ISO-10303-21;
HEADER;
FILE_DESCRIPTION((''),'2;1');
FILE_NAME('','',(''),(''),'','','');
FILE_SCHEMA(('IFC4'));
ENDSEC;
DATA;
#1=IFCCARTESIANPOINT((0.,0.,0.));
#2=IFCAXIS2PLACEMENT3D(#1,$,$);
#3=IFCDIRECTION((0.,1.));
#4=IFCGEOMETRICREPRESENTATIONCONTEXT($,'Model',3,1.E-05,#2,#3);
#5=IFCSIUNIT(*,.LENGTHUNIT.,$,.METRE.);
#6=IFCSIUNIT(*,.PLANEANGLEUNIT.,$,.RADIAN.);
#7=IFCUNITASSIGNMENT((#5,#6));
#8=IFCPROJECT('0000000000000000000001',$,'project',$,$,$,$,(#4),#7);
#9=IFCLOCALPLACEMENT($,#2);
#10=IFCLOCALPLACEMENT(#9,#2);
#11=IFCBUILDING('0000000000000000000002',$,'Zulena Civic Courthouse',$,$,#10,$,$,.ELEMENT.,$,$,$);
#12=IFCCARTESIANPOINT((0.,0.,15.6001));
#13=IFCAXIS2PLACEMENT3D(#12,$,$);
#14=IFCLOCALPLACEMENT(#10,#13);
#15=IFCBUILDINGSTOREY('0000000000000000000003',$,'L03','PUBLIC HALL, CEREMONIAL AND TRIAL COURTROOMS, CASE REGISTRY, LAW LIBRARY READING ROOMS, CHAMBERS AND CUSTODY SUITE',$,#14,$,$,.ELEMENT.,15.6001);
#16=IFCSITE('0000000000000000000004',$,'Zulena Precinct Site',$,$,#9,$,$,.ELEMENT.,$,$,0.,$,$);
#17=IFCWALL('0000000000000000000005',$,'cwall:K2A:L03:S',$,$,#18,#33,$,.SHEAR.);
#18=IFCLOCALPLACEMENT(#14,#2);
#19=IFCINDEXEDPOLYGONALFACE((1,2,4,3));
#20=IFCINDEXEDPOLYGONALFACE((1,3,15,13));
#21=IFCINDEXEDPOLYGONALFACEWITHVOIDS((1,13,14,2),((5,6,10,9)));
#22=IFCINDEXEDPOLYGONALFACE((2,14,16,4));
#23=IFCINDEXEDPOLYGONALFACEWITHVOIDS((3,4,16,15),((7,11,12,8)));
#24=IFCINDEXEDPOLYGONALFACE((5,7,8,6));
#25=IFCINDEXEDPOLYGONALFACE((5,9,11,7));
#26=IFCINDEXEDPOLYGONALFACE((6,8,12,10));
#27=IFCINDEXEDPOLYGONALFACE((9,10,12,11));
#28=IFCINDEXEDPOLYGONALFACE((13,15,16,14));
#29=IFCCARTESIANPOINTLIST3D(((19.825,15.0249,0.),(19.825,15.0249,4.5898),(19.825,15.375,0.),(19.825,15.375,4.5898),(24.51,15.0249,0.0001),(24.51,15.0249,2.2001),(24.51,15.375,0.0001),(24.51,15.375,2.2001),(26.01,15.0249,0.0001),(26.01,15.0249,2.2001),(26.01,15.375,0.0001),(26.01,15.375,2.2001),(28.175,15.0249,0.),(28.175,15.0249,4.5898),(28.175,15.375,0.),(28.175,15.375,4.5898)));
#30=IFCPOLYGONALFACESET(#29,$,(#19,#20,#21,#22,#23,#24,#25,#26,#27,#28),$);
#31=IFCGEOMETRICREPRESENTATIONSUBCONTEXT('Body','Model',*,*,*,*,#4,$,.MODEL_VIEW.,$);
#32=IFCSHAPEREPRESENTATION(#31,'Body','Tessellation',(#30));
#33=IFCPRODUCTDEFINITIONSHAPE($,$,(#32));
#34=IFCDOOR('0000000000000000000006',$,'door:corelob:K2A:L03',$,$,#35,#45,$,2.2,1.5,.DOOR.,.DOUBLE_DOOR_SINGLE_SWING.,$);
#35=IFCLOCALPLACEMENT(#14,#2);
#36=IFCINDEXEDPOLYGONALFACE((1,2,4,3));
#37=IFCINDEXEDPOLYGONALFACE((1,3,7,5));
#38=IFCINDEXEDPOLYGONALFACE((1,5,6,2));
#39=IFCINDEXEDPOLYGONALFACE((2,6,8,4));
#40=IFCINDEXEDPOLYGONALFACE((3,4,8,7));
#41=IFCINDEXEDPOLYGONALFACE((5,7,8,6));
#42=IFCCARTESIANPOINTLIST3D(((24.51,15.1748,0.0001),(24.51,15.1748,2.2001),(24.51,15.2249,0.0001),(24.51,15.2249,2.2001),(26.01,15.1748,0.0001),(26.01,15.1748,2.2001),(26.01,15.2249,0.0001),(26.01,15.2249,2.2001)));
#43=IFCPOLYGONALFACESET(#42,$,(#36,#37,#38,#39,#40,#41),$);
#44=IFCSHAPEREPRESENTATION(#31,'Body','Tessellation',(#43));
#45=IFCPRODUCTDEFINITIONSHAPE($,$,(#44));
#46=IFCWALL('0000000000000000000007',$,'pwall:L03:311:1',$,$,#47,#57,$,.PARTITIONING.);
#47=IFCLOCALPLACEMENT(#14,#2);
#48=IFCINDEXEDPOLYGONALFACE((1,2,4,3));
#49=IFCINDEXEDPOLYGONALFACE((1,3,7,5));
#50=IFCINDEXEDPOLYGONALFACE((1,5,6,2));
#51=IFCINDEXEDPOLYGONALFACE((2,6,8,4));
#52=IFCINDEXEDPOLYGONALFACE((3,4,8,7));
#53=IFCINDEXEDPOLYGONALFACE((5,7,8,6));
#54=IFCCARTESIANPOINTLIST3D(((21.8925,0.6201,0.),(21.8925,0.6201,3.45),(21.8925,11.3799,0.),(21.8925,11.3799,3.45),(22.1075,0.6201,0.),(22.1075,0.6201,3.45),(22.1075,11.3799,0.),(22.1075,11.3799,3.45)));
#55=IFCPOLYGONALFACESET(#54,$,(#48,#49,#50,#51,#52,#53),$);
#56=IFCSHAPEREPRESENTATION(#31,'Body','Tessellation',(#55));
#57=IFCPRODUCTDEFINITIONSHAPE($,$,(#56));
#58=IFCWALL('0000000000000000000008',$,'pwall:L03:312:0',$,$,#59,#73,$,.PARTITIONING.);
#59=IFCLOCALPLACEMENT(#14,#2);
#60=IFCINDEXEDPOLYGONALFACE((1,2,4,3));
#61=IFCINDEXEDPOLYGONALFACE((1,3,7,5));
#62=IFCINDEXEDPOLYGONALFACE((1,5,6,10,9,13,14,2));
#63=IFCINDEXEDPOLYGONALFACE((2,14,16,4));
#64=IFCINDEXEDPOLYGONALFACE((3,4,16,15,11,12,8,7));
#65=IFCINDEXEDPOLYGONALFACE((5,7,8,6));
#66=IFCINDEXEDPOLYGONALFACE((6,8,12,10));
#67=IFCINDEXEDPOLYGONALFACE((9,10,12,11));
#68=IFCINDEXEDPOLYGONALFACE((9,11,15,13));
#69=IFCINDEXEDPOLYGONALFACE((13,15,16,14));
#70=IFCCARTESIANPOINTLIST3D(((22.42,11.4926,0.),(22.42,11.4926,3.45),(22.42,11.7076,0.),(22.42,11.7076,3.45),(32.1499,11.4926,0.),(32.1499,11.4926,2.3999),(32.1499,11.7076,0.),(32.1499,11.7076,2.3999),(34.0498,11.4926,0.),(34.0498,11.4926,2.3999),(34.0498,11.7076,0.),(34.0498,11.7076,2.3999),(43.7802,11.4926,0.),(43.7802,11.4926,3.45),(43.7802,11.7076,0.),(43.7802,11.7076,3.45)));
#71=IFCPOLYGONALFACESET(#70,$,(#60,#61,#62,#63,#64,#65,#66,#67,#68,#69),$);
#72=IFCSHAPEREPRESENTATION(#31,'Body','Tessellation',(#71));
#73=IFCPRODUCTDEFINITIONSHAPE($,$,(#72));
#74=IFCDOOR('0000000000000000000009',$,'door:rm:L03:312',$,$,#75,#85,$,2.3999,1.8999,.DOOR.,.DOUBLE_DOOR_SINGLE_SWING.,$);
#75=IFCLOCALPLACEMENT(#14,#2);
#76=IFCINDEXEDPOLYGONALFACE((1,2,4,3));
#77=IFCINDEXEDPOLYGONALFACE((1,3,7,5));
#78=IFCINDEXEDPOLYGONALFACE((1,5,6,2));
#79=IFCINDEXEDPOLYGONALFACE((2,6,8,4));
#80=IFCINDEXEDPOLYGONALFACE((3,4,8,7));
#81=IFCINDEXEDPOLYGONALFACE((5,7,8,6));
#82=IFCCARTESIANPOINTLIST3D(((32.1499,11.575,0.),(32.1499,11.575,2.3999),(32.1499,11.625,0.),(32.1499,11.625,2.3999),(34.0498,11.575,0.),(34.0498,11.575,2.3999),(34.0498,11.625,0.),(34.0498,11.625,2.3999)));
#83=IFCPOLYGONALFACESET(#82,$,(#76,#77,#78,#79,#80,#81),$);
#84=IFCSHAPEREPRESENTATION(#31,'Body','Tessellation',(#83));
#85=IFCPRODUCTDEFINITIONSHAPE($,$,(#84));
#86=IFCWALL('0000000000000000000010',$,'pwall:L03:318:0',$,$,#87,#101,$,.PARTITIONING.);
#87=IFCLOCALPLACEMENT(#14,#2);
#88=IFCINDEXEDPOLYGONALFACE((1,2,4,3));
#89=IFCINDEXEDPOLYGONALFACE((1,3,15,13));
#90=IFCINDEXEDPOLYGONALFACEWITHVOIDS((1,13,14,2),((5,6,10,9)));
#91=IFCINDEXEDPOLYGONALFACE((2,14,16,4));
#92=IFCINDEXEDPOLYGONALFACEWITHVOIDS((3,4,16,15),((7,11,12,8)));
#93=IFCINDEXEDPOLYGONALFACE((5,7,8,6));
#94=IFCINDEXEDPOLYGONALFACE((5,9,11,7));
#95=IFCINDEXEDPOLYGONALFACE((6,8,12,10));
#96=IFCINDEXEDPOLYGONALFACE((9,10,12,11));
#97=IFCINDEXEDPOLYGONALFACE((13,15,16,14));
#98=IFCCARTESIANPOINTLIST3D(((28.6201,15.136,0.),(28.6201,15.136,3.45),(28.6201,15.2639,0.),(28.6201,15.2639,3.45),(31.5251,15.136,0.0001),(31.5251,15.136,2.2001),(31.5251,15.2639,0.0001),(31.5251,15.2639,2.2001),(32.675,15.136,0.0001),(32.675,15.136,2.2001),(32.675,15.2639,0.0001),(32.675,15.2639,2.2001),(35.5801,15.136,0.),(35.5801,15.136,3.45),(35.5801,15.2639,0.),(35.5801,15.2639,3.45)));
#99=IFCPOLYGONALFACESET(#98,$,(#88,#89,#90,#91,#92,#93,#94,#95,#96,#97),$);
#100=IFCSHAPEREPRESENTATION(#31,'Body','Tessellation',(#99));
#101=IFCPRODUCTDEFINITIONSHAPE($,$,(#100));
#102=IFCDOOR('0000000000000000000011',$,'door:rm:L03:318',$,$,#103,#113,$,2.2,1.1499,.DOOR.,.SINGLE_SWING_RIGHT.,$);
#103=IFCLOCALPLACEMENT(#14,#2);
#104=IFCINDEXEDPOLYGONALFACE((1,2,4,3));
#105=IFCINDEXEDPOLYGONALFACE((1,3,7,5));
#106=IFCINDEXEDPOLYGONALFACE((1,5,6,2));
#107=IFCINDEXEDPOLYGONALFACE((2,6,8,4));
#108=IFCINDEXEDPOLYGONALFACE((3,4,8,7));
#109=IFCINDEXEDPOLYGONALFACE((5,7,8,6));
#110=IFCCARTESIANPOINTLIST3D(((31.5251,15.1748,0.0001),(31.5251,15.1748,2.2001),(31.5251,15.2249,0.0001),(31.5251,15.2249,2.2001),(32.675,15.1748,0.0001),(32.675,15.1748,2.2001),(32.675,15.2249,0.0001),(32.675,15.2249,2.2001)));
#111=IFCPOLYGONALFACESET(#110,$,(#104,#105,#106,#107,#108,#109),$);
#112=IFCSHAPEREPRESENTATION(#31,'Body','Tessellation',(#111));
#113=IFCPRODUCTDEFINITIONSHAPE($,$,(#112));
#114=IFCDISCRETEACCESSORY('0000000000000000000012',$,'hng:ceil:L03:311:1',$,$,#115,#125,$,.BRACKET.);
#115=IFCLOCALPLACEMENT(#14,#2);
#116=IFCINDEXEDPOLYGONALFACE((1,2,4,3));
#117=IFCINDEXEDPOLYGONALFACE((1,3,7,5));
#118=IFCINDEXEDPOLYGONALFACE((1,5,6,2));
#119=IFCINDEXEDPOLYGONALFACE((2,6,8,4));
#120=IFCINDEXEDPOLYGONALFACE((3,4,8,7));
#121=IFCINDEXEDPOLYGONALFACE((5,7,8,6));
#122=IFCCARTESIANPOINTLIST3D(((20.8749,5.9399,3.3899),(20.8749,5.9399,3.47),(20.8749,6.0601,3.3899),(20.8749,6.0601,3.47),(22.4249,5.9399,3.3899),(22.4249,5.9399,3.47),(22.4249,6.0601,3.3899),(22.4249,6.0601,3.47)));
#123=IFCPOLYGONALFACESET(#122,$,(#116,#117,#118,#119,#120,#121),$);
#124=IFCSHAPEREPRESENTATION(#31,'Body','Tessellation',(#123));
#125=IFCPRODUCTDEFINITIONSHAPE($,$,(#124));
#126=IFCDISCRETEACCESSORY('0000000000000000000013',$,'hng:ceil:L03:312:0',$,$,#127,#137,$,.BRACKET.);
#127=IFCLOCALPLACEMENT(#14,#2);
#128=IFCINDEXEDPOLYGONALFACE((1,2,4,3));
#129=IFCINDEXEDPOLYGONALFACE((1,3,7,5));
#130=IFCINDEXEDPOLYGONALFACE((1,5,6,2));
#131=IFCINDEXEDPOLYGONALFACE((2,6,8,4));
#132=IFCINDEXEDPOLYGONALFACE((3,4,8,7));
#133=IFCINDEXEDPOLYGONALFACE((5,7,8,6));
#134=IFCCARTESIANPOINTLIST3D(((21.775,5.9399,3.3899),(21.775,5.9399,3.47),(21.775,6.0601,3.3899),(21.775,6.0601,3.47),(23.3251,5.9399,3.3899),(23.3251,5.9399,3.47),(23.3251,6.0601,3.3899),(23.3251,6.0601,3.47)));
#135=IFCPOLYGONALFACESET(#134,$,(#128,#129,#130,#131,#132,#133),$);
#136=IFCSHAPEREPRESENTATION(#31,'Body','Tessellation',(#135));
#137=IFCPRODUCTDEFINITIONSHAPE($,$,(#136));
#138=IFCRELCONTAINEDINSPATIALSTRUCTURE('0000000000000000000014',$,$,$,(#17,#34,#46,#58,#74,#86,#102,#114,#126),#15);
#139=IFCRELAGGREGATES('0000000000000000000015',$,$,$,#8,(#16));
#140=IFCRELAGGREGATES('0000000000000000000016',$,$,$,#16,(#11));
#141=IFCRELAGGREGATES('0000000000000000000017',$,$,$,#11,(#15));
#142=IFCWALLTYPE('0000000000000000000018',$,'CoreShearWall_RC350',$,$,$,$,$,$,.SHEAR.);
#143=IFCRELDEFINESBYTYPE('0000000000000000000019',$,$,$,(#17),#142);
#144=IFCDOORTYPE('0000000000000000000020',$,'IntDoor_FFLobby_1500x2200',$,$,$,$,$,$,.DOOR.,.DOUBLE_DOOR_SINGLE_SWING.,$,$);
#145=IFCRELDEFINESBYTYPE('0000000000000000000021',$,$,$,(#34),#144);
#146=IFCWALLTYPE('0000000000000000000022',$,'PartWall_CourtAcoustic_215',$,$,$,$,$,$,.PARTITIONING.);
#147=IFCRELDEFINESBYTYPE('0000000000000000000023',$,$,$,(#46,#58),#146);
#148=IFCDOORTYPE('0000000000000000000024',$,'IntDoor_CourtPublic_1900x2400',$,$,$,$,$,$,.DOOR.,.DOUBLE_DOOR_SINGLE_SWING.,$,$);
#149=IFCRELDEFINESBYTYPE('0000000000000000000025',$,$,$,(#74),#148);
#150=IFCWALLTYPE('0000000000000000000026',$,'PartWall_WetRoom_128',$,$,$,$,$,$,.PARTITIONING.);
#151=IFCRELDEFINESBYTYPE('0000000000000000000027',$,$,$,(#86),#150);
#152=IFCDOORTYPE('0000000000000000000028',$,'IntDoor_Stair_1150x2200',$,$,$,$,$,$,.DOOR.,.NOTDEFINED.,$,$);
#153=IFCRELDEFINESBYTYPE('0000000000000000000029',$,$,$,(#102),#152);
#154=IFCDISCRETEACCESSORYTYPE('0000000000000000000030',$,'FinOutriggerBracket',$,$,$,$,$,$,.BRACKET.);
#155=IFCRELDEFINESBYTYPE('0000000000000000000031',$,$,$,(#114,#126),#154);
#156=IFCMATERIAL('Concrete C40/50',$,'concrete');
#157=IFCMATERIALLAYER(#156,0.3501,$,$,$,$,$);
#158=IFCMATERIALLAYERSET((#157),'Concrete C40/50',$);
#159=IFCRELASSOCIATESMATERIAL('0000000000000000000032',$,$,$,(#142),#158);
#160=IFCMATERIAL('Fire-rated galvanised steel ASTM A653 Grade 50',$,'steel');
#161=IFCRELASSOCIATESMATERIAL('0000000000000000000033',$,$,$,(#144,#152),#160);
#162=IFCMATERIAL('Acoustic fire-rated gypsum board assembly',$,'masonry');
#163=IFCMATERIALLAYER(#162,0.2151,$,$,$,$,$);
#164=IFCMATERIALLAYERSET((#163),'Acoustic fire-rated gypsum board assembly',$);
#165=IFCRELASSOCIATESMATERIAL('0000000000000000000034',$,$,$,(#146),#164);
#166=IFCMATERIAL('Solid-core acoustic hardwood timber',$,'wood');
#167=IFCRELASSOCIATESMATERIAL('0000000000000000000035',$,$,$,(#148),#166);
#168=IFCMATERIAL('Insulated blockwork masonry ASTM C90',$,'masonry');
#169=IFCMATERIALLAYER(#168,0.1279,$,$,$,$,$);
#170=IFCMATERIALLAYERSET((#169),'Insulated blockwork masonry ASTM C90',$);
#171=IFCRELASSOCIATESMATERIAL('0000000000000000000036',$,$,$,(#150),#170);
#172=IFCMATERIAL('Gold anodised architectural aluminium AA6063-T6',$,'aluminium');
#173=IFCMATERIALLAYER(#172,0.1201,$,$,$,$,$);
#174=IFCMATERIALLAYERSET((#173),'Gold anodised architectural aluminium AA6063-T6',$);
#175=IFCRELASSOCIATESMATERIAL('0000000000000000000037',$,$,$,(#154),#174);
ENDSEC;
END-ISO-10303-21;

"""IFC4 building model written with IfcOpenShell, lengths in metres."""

from ifc_helpers import new_model, si_unit, direction, frame, frame_2d, origin, origin_2d, place, context, subcontext, project, spatial, rectangle, extrude, material, layer, layer_set, type_object, element, fill, save


model = new_model("IFC4")

# Units and contexts
model_context = context("Model", 3, precision=1e-05, world=origin(), true_north=direction((0.0, 1.0)))
body_context = subcontext(model_context, "Body", "Model", "MODEL_VIEW")
ifc_project = project(units=[si_unit("LENGTHUNIT", "METRE"), si_unit("PLANEANGLEUNIT", "RADIAN")], contexts=[model_context])

# Site, building, storey
site_placement = place(None, origin())
site = spatial("IfcSite", under=ifc_project, at=site_placement, Name="Zulena Precinct Site", CompositionType="ELEMENT", RefElevation=0.0)
building_placement = place(site_placement, origin())
building = spatial("IfcBuilding", under=site, at=building_placement, Name="Zulena Civic Courthouse", CompositionType="ELEMENT")
storey_placement = place(building_placement, frame((0.0, 0.0, 15.6001)))
storey = spatial("IfcBuildingStorey", under=building, at=storey_placement, Name="L03", Description="PUBLIC HALL, CEREMONIAL AND TRIAL COURTROOMS, CASE REGISTRY, LAW LIBRARY READING ROOMS, CHAMBERS AND CUSTODY SUITE", CompositionType="ELEMENT", Elevation=15.6001)

# Wall, opening, door
ifc_material_1 = material(Name="Concrete C40/50", Category="concrete")
ifc_layer_1 = layer(ifc_material_1, 0.3501)
ifc_layer_set_1 = layer_set([ifc_layer_1], Name="Concrete C40/50")
wall_type_1 = type_object("IfcWallType", Name="CoreShearWall_RC350", PredefinedType="SHEAR", material=ifc_layer_set_1)
wall_1_placement = place(storey_placement, frame((19.825, 15.2, 0.0), z_axis=(0.0, 0.0, 1.0), x_axis=(1.0, 0.0, 0.0)))
wall_1 = element("IfcWall", 1, at=wall_1_placement, inside=storey, type_object=wall_type_1, Name="cwall:K2A:L03:S", PredefinedType="SHEAR", context=body_context, shape_type="SweptSolid", body=[
    extrude(rectangle(XDim=8.3501, YDim=0.3501, at=frame_2d((4.175, 0.0))), origin(), (0.0, 0.0, 1.0), 4.5898),
])
opening_1_placement = place(wall_1_placement, frame((4.6851, 0.0, 0.0)))
opening_1 = element("IfcOpeningElement", 2, at=opening_1_placement, cuts=wall_1, PredefinedType="OPENING", context=body_context, shape_type="SweptSolid", body=[
    extrude(rectangle(XDim=1.5, YDim=2.2, at=frame_2d((0.75, 1.1001))), frame((0.0, 0.1851, 0.0), z_axis=(0.0, -1.0, 0.0), x_axis=(1.0, 0.0, 0.0)), (0.0, 0.0, 1.0), 0.3701),
])
ifc_material_2 = material(Name="Fire-rated galvanised steel ASTM A653 Grade 50", Category="steel")
door_type_1 = type_object("IfcDoorType", Name="IntDoor_FFLobby_1500x2200", OperationType="DOUBLE_DOOR_SINGLE_SWING", PredefinedType="DOOR", material=ifc_material_2)
door_1_placement = place(opening_1_placement, origin())
door_1 = element("IfcDoor", 3, at=door_1_placement, inside=storey, type_object=door_type_1, Name="door:corelob:K2A:L03", OperationType="DOUBLE_DOOR_SINGLE_SWING", OverallHeight=2.2, OverallWidth=1.5, PredefinedType="DOOR", context=body_context, shape_type="SweptSolid", body=[
    extrude(rectangle(XDim=1.5, YDim=2.2, at=frame_2d((0.75, 1.1001))), frame((0.0, 0.0249, 0.0), z_axis=(0.0, -1.0, 0.0), x_axis=(1.0, 0.0, 0.0)), (0.0, 0.0, 1.0), 0.05),
])
fill(opening_1, door_1)

# Wall
ifc_material_3 = material(Name="Acoustic fire-rated gypsum board assembly", Category="masonry")
ifc_layer_2 = layer(ifc_material_3, 0.2151)
ifc_layer_set_2 = layer_set([ifc_layer_2], Name="Acoustic fire-rated gypsum board assembly")
wall_type_2 = type_object("IfcWallType", Name="PartWall_CourtAcoustic_215", PredefinedType="PARTITIONING", material=ifc_layer_set_2)
wall_2_placement = place(storey_placement, frame((22.0, 0.6201, 0.0), z_axis=(0.0, 0.0, 1.0), x_axis=(0.0, 1.0, 0.0)))
element("IfcWall", 4, at=wall_2_placement, inside=storey, type_object=wall_type_2, Name="pwall:L03:311:1", PredefinedType="PARTITIONING", context=body_context, shape_type="SweptSolid", body=[
    extrude(rectangle(XDim=10.7598, YDim=0.2151, at=frame_2d((5.3799, 0.0))), origin(), (0.0, 0.0, 1.0), 3.45),
])

# Walls, openings, doors
wall_3_placement = place(storey_placement, frame((22.4199, 11.6001, 0.0), z_axis=(0.0, 0.0, 1.0), x_axis=(1.0, 0.0, 0.0)))
wall_3 = element("IfcWall", 5, at=wall_3_placement, inside=storey, type_object=wall_type_2, Name="pwall:L03:312:0", PredefinedType="PARTITIONING", context=body_context, shape_type="SweptSolid", body=[
    extrude(rectangle(XDim=21.3601, YDim=0.2151, at=frame_2d((10.6802, 0.0))), origin(), (0.0, 0.0, 1.0), 3.45),
])
opening_2_placement = place(wall_3_placement, frame((9.73, 0.0, 0.0)))
opening_2 = element("IfcOpeningElement", 6, at=opening_2_placement, cuts=wall_3, PredefinedType="OPENING", context=body_context, shape_type="SweptSolid", body=[
    extrude(rectangle(XDim=1.8999, YDim=2.3999, at=frame_2d((0.95, 1.2))), frame((0.0, 0.1174, 0.0), z_axis=(0.0, -1.0, 0.0), x_axis=(1.0, 0.0, 0.0)), (0.0, 0.0, 1.0), 0.2351),
])
ifc_material_4 = material(Name="Solid-core acoustic hardwood timber", Category="wood")
door_type_2 = type_object("IfcDoorType", Name="IntDoor_CourtPublic_1900x2400", OperationType="DOUBLE_DOOR_SINGLE_SWING", PredefinedType="DOOR", material=ifc_material_4)
door_2_placement = place(opening_2_placement, origin())
door_2 = element("IfcDoor", 7, at=door_2_placement, inside=storey, type_object=door_type_2, Name="door:rm:L03:312", OperationType="DOUBLE_DOOR_SINGLE_SWING", OverallHeight=2.3999, OverallWidth=1.8999, PredefinedType="DOOR", context=body_context, shape_type="SweptSolid", body=[
    extrude(rectangle(XDim=1.8999, YDim=2.3999, at=frame_2d((0.95, 1.2))), frame((0.0, 0.0249, 0.0), z_axis=(0.0, -1.0, 0.0), x_axis=(1.0, 0.0, 0.0)), (0.0, 0.0, 1.0), 0.05),
])
fill(opening_2, door_2)
ifc_material_5 = material(Name="Insulated blockwork masonry ASTM C90", Category="masonry")
ifc_layer_3 = layer(ifc_material_5, 0.1279)
ifc_layer_set_3 = layer_set([ifc_layer_3], Name="Insulated blockwork masonry ASTM C90")
wall_type_3 = type_object("IfcWallType", Name="PartWall_WetRoom_128", PredefinedType="PARTITIONING", material=ifc_layer_set_3)
wall_4_placement = place(storey_placement, frame((28.6201, 15.2, 0.0), z_axis=(0.0, 0.0, 1.0), x_axis=(1.0, 0.0, 0.0)))
wall_4 = element("IfcWall", 8, at=wall_4_placement, inside=storey, type_object=wall_type_3, Name="pwall:L03:318:0", PredefinedType="PARTITIONING", context=body_context, shape_type="SweptSolid", body=[
    extrude(rectangle(XDim=6.96, YDim=0.1279, at=frame_2d((3.48, 0.0))), origin(), (0.0, 0.0, 1.0), 3.45),
])
opening_3_placement = place(wall_4_placement, frame((2.905, 0.0, 0.0)))
opening_3 = element("IfcOpeningElement", 9, at=opening_3_placement, cuts=wall_4, PredefinedType="OPENING", context=body_context, shape_type="SweptSolid", body=[
    extrude(rectangle(XDim=1.1499, YDim=2.2, at=frame_2d((0.575, 1.1001))), frame((0.0, 0.074, 0.0), z_axis=(0.0, -1.0, 0.0), x_axis=(1.0, 0.0, 0.0)), (0.0, 0.0, 1.0), 0.1479),
])
door_type_3 = type_object("IfcDoorType", Name="IntDoor_Stair_1150x2200", OperationType="NOTDEFINED", PredefinedType="DOOR", material=ifc_material_2)
door_3_placement = place(opening_3_placement, origin())
door_3 = element("IfcDoor", 10, at=door_3_placement, inside=storey, type_object=door_type_3, Name="door:rm:L03:318", OperationType="SINGLE_SWING_RIGHT", OverallHeight=2.2, OverallWidth=1.1499, PredefinedType="DOOR", context=body_context, shape_type="SweptSolid", body=[
    extrude(rectangle(XDim=1.1499, YDim=2.2, at=frame_2d((0.575, 1.1001))), frame((0.0, 0.0249, 0.0), z_axis=(0.0, -1.0, 0.0), x_axis=(1.0, 0.0, 0.0)), (0.0, 0.0, 1.0), 0.05),
])
fill(opening_3, door_3)

# Discrete accessories
ifc_material_6 = material(Name="Gold anodised architectural aluminium AA6063-T6", Category="aluminium")
ifc_layer_4 = layer(ifc_material_6, 0.1201)
ifc_layer_set_4 = layer_set([ifc_layer_4], Name="Gold anodised architectural aluminium AA6063-T6")
discrete_accessory_type = type_object("IfcDiscreteAccessoryType", Name="FinOutriggerBracket", PredefinedType="BRACKET", material=ifc_layer_set_4)
for number, where, z_axis, x_axis, name in (
    (11, (21.6499, 6.0, 3.3899), (0.0, 0.0, 1.0), (1.0, 0.0, 0.0), "hng:ceil:L03:311:1"),
    (12, (22.55, 6.0, 3.3899), (0.0, 0.0, 1.0), (1.0, 0.0, 0.0), "hng:ceil:L03:312:0"),
):
    element("IfcDiscreteAccessory", number, at=place(storey_placement, frame(where, z_axis=z_axis, x_axis=x_axis)), inside=storey, type_object=discrete_accessory_type, Name=name, PredefinedType="BRACKET", context=body_context, shape_type="SweptSolid", body=[
        extrude(rectangle(XDim=1.55, YDim=0.1201, at=origin_2d()), origin(), (0.0, 0.0, 1.0), 0.0801),
    ])

save(model, "model.ifc")
